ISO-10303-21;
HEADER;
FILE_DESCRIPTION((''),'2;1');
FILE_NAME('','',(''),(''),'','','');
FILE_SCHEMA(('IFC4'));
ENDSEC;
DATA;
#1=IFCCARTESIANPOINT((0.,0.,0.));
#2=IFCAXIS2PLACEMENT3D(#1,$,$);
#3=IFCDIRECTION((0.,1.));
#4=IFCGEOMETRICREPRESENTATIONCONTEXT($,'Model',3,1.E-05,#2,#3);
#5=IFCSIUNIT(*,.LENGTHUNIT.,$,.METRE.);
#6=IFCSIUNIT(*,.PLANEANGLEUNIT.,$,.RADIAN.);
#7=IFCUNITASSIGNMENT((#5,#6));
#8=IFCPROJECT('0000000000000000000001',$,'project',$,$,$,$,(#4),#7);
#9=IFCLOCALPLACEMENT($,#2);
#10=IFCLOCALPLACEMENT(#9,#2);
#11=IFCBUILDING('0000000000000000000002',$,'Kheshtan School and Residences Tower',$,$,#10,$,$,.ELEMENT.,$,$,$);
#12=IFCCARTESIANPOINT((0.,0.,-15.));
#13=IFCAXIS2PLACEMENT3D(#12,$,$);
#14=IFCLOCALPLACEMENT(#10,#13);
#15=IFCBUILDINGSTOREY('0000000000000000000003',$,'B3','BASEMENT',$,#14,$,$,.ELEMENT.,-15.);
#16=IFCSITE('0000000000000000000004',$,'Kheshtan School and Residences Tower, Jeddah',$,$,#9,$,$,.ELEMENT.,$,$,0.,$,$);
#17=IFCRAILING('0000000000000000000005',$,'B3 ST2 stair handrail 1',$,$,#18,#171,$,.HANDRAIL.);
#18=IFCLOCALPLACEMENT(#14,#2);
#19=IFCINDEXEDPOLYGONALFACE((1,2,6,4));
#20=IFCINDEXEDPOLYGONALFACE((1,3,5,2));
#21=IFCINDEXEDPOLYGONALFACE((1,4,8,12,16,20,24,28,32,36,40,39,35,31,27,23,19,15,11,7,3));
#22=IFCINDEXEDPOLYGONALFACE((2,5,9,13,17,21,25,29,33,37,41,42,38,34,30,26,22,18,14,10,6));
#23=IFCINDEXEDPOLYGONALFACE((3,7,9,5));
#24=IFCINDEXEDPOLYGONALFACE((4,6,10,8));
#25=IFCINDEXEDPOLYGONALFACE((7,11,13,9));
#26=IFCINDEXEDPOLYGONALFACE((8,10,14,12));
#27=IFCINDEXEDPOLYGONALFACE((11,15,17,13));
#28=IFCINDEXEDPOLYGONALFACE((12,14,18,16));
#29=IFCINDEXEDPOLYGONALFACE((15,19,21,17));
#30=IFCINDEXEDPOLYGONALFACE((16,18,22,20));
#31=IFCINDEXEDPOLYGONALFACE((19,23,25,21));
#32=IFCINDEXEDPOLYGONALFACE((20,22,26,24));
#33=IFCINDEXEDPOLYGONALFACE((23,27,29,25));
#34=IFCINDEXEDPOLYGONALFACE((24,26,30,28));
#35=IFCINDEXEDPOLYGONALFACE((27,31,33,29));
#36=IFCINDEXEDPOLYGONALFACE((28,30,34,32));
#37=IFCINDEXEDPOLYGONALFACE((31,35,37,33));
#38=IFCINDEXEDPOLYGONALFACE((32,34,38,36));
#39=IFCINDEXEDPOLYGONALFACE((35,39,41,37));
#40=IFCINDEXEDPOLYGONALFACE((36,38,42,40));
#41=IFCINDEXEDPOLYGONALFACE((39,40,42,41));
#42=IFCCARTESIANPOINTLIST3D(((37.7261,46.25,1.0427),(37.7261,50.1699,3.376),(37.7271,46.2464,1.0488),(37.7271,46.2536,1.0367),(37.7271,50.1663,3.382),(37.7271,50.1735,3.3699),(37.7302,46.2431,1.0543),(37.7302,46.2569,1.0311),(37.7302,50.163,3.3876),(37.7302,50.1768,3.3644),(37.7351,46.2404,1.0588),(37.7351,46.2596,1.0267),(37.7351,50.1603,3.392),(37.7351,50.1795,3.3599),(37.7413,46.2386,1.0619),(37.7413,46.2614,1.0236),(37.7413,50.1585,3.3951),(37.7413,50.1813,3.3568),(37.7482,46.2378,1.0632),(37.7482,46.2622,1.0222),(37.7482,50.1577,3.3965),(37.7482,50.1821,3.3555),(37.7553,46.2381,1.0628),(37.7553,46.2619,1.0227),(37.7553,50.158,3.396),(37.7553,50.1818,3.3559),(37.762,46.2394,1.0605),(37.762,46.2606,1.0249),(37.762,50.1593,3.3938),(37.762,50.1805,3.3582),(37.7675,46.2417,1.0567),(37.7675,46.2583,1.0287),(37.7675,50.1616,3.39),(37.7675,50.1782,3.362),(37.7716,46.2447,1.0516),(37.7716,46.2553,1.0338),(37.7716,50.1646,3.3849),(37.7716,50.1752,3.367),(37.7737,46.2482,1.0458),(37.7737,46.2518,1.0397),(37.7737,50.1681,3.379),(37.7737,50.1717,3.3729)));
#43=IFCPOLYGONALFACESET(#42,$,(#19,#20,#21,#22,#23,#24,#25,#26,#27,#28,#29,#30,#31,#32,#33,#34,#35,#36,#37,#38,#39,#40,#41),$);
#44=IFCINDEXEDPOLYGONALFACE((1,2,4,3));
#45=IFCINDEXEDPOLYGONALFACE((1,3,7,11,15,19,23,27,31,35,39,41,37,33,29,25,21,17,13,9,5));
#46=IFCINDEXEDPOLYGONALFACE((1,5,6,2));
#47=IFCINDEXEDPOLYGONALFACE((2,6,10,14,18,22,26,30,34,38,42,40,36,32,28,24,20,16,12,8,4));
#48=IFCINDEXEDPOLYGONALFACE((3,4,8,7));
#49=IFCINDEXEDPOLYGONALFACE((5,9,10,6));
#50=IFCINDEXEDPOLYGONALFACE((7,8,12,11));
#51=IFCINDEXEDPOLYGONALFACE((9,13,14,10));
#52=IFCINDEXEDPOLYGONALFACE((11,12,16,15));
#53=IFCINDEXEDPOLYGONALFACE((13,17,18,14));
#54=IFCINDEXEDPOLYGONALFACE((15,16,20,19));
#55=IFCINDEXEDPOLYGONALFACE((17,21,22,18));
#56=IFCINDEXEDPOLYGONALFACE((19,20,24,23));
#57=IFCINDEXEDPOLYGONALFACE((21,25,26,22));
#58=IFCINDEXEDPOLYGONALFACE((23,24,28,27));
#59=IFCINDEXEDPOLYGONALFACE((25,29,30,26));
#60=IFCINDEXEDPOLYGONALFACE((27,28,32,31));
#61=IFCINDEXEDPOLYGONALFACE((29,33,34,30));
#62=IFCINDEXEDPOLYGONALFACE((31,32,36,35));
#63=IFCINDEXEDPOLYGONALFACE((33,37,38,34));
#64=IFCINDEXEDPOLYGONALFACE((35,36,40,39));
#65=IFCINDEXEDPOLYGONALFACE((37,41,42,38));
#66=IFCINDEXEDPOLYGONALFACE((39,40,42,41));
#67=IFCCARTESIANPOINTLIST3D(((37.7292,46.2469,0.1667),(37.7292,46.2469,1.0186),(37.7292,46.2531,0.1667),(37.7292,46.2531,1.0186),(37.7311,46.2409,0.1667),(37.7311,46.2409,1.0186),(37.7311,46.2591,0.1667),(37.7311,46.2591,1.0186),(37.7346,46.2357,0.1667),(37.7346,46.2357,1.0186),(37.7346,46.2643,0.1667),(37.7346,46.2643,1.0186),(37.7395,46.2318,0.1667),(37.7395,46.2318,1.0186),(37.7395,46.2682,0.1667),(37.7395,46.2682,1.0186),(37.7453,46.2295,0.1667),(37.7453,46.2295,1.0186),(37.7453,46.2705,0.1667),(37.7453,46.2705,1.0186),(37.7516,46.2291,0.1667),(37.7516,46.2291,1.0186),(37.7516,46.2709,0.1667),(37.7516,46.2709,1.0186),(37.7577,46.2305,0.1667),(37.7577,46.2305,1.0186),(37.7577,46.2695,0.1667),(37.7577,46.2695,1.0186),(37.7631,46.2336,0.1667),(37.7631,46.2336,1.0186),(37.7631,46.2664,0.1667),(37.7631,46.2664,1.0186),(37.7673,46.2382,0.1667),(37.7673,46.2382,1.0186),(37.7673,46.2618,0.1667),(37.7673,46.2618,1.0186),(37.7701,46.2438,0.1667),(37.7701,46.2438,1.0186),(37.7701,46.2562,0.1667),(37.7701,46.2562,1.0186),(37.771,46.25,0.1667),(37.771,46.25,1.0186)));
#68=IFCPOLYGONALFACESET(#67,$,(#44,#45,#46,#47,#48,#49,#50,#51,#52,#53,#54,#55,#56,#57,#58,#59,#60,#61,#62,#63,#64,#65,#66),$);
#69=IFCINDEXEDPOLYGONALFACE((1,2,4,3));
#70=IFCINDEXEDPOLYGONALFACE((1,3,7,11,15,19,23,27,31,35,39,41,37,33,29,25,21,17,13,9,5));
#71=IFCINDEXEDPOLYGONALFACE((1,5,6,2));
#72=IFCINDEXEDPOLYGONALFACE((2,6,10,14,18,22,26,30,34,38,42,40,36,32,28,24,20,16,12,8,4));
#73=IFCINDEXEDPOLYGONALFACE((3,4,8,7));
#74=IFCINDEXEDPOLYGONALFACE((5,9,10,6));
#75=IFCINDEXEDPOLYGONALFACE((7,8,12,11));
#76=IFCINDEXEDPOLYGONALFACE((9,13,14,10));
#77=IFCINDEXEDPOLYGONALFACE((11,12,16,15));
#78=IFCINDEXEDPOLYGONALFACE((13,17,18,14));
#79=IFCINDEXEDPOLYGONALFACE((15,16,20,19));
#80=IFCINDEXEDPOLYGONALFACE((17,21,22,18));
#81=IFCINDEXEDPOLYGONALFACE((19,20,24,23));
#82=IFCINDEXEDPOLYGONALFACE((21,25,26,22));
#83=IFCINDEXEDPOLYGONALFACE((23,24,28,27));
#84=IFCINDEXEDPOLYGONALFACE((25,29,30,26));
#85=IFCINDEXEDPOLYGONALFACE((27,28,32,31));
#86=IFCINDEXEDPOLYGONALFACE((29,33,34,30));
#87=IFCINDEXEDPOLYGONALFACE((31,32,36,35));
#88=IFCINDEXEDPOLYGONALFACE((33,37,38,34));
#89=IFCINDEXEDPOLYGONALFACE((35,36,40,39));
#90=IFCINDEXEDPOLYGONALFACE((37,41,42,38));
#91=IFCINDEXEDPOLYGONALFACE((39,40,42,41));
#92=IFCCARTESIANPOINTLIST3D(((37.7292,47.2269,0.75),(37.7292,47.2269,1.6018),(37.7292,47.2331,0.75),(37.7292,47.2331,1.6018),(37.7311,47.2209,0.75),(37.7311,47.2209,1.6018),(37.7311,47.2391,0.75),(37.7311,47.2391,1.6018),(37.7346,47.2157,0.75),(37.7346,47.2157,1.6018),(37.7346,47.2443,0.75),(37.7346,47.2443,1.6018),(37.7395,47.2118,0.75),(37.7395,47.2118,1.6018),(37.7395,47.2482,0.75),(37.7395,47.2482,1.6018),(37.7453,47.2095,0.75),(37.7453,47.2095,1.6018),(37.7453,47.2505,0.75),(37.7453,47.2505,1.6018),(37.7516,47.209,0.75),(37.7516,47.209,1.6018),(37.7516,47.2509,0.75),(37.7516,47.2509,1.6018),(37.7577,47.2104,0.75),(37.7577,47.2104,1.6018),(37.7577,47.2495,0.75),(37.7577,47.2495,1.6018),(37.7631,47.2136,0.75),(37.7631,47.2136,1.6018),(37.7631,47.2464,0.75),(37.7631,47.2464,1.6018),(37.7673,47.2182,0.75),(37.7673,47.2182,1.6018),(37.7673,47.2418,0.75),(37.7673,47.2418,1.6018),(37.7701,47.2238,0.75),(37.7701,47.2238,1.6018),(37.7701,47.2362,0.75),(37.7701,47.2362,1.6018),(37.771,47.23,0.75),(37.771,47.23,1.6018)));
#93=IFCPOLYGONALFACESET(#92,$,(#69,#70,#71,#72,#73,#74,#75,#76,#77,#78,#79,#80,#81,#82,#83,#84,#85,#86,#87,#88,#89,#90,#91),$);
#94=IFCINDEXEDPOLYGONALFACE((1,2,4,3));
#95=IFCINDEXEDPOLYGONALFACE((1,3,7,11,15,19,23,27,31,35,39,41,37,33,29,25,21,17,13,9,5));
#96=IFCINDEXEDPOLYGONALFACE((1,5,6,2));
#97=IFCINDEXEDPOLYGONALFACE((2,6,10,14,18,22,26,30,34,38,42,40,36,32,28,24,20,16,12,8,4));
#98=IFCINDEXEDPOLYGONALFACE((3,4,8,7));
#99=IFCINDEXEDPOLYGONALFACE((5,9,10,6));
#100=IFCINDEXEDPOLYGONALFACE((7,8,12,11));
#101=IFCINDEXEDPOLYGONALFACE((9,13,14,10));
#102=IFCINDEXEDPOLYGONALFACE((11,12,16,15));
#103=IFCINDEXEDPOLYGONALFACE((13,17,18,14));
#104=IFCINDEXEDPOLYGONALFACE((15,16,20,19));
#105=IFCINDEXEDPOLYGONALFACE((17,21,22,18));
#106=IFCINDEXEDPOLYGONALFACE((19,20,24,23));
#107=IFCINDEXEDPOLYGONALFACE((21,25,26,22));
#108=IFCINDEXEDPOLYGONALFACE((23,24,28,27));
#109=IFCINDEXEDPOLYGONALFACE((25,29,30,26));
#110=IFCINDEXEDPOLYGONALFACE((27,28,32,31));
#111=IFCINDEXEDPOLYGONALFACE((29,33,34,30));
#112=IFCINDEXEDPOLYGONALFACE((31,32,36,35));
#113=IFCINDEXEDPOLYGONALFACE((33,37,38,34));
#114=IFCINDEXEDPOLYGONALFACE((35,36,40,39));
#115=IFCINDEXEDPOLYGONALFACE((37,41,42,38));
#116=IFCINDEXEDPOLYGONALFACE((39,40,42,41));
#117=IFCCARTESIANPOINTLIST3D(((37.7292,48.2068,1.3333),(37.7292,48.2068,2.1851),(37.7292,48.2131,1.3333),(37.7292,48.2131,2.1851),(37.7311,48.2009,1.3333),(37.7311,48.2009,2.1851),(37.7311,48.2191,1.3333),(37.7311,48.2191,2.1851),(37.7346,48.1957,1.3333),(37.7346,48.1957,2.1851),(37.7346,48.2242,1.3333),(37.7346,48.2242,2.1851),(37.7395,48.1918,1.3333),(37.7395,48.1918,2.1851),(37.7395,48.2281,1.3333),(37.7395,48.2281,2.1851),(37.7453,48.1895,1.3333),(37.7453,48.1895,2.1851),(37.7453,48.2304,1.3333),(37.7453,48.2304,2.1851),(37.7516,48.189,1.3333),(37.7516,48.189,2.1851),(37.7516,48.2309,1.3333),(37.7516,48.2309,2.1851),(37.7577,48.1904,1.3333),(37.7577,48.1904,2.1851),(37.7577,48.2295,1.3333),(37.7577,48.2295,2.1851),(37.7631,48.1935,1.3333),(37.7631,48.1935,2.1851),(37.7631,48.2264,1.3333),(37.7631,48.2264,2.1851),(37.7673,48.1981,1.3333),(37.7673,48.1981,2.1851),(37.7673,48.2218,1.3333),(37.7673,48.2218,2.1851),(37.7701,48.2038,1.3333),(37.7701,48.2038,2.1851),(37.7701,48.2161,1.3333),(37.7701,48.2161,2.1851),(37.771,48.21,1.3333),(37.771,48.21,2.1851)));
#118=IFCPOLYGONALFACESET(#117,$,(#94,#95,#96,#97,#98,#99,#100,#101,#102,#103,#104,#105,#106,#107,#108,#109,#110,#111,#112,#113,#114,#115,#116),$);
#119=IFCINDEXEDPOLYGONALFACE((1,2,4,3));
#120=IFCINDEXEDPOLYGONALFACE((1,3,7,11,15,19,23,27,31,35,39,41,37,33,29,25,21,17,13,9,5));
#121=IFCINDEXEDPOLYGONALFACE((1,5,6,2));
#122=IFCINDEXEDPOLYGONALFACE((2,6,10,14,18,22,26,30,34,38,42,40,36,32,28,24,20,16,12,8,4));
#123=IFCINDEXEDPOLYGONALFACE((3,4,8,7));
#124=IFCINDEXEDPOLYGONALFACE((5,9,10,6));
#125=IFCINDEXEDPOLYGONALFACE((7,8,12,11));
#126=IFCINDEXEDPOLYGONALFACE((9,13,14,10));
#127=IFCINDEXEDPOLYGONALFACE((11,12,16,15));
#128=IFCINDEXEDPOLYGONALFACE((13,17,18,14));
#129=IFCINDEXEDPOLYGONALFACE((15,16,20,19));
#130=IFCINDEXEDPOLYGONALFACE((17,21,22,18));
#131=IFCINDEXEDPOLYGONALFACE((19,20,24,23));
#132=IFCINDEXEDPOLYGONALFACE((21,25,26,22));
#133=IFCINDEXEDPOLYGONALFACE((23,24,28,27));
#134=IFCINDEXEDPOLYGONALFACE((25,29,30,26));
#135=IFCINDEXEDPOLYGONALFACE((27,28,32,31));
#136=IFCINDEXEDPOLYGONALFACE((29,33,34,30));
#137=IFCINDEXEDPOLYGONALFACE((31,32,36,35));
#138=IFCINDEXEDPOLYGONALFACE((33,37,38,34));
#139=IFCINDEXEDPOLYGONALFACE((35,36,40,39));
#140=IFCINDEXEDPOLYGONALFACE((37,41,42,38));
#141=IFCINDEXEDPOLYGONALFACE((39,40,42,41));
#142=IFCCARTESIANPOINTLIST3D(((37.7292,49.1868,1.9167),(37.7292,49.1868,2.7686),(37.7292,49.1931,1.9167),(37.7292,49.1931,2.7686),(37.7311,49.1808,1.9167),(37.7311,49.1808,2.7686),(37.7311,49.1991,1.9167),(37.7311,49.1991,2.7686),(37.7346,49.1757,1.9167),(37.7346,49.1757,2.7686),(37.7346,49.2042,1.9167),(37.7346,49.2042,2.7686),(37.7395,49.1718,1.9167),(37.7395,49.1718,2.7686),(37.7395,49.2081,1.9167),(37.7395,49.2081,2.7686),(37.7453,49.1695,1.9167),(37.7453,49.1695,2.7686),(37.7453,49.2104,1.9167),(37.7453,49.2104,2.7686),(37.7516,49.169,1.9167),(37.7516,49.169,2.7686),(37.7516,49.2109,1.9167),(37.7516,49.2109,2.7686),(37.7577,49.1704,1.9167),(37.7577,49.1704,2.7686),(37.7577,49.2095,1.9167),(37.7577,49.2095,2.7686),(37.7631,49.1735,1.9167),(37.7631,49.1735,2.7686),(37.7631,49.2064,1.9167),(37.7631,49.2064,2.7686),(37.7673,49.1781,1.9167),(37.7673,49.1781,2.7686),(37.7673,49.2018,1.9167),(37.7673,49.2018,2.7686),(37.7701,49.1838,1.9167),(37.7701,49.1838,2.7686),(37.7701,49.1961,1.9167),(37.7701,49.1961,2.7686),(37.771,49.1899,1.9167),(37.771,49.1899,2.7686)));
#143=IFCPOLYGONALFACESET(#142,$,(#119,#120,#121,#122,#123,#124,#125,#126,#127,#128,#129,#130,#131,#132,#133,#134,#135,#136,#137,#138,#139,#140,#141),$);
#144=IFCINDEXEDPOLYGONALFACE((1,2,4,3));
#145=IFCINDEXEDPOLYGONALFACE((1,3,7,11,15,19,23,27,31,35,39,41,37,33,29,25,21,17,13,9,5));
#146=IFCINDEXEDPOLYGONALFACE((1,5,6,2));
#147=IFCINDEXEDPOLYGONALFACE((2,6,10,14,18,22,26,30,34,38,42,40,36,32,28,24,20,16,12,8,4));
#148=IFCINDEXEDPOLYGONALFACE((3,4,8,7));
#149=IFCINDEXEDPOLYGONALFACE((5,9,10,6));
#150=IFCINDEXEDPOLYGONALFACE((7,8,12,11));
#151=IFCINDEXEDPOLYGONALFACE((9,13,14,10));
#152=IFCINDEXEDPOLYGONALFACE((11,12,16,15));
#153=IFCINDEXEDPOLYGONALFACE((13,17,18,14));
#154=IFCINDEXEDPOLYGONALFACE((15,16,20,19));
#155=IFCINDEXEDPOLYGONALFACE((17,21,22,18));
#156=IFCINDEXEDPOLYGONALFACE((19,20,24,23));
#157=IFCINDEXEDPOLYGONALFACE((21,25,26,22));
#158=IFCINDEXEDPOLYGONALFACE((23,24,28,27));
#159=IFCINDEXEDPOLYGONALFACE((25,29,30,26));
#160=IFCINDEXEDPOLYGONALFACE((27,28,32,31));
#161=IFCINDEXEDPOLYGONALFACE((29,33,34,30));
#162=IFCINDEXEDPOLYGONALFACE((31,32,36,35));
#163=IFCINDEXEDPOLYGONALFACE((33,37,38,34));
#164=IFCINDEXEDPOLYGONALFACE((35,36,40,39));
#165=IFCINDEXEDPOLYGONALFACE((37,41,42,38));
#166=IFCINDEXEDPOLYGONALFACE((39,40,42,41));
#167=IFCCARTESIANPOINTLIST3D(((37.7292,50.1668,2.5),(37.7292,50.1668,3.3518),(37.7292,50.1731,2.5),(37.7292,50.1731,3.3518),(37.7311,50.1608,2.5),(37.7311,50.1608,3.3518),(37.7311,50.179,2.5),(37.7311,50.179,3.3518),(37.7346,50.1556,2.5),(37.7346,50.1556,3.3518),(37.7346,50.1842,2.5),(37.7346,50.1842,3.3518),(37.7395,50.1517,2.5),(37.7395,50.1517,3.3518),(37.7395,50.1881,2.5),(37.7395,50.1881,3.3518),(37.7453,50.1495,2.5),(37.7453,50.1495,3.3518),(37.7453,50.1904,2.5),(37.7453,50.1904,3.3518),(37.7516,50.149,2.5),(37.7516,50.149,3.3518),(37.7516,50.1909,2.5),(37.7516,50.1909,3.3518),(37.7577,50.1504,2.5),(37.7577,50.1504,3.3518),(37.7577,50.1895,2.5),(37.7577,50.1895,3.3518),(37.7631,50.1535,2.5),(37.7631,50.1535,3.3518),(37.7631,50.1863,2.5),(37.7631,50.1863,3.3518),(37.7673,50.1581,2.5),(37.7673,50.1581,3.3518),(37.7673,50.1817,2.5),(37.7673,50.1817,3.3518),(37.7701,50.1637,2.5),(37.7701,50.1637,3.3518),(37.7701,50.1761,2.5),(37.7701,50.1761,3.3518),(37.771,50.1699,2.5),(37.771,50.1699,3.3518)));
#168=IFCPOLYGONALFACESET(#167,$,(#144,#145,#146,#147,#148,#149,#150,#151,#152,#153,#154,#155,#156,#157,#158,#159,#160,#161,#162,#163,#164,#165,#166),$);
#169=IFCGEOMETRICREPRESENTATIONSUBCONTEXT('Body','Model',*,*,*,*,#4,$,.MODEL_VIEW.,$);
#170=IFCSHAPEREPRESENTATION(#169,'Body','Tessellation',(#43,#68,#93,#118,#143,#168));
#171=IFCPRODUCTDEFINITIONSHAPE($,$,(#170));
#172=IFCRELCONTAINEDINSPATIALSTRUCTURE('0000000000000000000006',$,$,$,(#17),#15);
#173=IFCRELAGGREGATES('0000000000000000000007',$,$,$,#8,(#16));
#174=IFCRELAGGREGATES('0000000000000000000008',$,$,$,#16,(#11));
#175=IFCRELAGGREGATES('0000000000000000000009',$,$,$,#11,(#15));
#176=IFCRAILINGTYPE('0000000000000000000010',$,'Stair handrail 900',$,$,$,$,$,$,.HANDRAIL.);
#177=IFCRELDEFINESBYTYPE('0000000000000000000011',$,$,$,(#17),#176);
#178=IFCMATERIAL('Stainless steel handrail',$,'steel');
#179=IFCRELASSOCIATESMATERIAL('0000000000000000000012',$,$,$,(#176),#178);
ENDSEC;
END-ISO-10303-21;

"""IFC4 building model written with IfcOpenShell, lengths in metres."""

from ifc_helpers import new_model, si_unit, direction, frame, origin, origin_2d, place, context, subcontext, project, spatial, circle, extrude, material, type_object, element, save


model = new_model("IFC4")

# Units and contexts
model_context = context("Model", 3, precision=1e-05, world=origin(), true_north=direction((0.0, 1.0)))
body_context = subcontext(model_context, "Body", "Model", "MODEL_VIEW")
ifc_project = project(units=[si_unit("LENGTHUNIT", "METRE"), si_unit("PLANEANGLEUNIT", "RADIAN")], contexts=[model_context])

# Site, building, storey
site_placement = place(None, origin())
site = spatial("IfcSite", under=ifc_project, at=site_placement, Name="Kheshtan School and Residences Tower, Jeddah", CompositionType="ELEMENT", RefElevation=0.0)
building_placement = place(site_placement, origin())
building = spatial("IfcBuilding", under=site, at=building_placement, Name="Kheshtan School and Residences Tower", CompositionType="ELEMENT")
storey_placement = place(building_placement, frame((0.0, 0.0, -15.0)))
storey = spatial("IfcBuildingStorey", under=building, at=storey_placement, Name="B3", Description="BASEMENT", CompositionType="ELEMENT", Elevation=-15.0)

# Railing
ifc_material_1 = material(Name="Stainless steel handrail", Category="steel")
railing_type_1 = type_object("IfcRailingType", Name="Stair handrail 900", PredefinedType="HANDRAIL", material=ifc_material_1)
railing_1_placement = place(storey_placement, frame((37.75, 46.25, 0.1667)))
element("IfcRailing", 1, at=railing_1_placement, inside=storey, type_object=railing_type_1, Name="B3 ST2 stair handrail 1", PredefinedType="HANDRAIL", context=body_context, shape_type="SweptSolid", body=[
    extrude(circle(Radius=0.0239, at=origin_2d()), frame((0.0, 0.0, 0.876), z_axis=(0.0, 0.859296, 0.511478), x_axis=(-1.0, 0.0, 0.0)), (0.0, 0.0, 1.0), 4.5618),
    extrude(circle(Radius=0.021, at=origin_2d()), origin(), (0.0, 0.0, 1.0), 0.8518),
    extrude(circle(Radius=0.021, at=origin_2d()), frame((0.0, 0.98, 0.5833)), (0.0, 0.0, 1.0), 0.8518),
    extrude(circle(Radius=0.021, at=origin_2d()), frame((0.0, 1.96, 1.1665)), (0.0, 0.0, 1.0), 0.8518),
    extrude(circle(Radius=0.021, at=origin_2d()), frame((0.0, 2.9399, 1.75)), (0.0, 0.0, 1.0), 0.8518),
    extrude(circle(Radius=0.021, at=origin_2d()), frame((0.0, 3.9199, 2.3333)), (0.0, 0.0, 1.0), 0.8518),
])

save(model, "model.ifc")
